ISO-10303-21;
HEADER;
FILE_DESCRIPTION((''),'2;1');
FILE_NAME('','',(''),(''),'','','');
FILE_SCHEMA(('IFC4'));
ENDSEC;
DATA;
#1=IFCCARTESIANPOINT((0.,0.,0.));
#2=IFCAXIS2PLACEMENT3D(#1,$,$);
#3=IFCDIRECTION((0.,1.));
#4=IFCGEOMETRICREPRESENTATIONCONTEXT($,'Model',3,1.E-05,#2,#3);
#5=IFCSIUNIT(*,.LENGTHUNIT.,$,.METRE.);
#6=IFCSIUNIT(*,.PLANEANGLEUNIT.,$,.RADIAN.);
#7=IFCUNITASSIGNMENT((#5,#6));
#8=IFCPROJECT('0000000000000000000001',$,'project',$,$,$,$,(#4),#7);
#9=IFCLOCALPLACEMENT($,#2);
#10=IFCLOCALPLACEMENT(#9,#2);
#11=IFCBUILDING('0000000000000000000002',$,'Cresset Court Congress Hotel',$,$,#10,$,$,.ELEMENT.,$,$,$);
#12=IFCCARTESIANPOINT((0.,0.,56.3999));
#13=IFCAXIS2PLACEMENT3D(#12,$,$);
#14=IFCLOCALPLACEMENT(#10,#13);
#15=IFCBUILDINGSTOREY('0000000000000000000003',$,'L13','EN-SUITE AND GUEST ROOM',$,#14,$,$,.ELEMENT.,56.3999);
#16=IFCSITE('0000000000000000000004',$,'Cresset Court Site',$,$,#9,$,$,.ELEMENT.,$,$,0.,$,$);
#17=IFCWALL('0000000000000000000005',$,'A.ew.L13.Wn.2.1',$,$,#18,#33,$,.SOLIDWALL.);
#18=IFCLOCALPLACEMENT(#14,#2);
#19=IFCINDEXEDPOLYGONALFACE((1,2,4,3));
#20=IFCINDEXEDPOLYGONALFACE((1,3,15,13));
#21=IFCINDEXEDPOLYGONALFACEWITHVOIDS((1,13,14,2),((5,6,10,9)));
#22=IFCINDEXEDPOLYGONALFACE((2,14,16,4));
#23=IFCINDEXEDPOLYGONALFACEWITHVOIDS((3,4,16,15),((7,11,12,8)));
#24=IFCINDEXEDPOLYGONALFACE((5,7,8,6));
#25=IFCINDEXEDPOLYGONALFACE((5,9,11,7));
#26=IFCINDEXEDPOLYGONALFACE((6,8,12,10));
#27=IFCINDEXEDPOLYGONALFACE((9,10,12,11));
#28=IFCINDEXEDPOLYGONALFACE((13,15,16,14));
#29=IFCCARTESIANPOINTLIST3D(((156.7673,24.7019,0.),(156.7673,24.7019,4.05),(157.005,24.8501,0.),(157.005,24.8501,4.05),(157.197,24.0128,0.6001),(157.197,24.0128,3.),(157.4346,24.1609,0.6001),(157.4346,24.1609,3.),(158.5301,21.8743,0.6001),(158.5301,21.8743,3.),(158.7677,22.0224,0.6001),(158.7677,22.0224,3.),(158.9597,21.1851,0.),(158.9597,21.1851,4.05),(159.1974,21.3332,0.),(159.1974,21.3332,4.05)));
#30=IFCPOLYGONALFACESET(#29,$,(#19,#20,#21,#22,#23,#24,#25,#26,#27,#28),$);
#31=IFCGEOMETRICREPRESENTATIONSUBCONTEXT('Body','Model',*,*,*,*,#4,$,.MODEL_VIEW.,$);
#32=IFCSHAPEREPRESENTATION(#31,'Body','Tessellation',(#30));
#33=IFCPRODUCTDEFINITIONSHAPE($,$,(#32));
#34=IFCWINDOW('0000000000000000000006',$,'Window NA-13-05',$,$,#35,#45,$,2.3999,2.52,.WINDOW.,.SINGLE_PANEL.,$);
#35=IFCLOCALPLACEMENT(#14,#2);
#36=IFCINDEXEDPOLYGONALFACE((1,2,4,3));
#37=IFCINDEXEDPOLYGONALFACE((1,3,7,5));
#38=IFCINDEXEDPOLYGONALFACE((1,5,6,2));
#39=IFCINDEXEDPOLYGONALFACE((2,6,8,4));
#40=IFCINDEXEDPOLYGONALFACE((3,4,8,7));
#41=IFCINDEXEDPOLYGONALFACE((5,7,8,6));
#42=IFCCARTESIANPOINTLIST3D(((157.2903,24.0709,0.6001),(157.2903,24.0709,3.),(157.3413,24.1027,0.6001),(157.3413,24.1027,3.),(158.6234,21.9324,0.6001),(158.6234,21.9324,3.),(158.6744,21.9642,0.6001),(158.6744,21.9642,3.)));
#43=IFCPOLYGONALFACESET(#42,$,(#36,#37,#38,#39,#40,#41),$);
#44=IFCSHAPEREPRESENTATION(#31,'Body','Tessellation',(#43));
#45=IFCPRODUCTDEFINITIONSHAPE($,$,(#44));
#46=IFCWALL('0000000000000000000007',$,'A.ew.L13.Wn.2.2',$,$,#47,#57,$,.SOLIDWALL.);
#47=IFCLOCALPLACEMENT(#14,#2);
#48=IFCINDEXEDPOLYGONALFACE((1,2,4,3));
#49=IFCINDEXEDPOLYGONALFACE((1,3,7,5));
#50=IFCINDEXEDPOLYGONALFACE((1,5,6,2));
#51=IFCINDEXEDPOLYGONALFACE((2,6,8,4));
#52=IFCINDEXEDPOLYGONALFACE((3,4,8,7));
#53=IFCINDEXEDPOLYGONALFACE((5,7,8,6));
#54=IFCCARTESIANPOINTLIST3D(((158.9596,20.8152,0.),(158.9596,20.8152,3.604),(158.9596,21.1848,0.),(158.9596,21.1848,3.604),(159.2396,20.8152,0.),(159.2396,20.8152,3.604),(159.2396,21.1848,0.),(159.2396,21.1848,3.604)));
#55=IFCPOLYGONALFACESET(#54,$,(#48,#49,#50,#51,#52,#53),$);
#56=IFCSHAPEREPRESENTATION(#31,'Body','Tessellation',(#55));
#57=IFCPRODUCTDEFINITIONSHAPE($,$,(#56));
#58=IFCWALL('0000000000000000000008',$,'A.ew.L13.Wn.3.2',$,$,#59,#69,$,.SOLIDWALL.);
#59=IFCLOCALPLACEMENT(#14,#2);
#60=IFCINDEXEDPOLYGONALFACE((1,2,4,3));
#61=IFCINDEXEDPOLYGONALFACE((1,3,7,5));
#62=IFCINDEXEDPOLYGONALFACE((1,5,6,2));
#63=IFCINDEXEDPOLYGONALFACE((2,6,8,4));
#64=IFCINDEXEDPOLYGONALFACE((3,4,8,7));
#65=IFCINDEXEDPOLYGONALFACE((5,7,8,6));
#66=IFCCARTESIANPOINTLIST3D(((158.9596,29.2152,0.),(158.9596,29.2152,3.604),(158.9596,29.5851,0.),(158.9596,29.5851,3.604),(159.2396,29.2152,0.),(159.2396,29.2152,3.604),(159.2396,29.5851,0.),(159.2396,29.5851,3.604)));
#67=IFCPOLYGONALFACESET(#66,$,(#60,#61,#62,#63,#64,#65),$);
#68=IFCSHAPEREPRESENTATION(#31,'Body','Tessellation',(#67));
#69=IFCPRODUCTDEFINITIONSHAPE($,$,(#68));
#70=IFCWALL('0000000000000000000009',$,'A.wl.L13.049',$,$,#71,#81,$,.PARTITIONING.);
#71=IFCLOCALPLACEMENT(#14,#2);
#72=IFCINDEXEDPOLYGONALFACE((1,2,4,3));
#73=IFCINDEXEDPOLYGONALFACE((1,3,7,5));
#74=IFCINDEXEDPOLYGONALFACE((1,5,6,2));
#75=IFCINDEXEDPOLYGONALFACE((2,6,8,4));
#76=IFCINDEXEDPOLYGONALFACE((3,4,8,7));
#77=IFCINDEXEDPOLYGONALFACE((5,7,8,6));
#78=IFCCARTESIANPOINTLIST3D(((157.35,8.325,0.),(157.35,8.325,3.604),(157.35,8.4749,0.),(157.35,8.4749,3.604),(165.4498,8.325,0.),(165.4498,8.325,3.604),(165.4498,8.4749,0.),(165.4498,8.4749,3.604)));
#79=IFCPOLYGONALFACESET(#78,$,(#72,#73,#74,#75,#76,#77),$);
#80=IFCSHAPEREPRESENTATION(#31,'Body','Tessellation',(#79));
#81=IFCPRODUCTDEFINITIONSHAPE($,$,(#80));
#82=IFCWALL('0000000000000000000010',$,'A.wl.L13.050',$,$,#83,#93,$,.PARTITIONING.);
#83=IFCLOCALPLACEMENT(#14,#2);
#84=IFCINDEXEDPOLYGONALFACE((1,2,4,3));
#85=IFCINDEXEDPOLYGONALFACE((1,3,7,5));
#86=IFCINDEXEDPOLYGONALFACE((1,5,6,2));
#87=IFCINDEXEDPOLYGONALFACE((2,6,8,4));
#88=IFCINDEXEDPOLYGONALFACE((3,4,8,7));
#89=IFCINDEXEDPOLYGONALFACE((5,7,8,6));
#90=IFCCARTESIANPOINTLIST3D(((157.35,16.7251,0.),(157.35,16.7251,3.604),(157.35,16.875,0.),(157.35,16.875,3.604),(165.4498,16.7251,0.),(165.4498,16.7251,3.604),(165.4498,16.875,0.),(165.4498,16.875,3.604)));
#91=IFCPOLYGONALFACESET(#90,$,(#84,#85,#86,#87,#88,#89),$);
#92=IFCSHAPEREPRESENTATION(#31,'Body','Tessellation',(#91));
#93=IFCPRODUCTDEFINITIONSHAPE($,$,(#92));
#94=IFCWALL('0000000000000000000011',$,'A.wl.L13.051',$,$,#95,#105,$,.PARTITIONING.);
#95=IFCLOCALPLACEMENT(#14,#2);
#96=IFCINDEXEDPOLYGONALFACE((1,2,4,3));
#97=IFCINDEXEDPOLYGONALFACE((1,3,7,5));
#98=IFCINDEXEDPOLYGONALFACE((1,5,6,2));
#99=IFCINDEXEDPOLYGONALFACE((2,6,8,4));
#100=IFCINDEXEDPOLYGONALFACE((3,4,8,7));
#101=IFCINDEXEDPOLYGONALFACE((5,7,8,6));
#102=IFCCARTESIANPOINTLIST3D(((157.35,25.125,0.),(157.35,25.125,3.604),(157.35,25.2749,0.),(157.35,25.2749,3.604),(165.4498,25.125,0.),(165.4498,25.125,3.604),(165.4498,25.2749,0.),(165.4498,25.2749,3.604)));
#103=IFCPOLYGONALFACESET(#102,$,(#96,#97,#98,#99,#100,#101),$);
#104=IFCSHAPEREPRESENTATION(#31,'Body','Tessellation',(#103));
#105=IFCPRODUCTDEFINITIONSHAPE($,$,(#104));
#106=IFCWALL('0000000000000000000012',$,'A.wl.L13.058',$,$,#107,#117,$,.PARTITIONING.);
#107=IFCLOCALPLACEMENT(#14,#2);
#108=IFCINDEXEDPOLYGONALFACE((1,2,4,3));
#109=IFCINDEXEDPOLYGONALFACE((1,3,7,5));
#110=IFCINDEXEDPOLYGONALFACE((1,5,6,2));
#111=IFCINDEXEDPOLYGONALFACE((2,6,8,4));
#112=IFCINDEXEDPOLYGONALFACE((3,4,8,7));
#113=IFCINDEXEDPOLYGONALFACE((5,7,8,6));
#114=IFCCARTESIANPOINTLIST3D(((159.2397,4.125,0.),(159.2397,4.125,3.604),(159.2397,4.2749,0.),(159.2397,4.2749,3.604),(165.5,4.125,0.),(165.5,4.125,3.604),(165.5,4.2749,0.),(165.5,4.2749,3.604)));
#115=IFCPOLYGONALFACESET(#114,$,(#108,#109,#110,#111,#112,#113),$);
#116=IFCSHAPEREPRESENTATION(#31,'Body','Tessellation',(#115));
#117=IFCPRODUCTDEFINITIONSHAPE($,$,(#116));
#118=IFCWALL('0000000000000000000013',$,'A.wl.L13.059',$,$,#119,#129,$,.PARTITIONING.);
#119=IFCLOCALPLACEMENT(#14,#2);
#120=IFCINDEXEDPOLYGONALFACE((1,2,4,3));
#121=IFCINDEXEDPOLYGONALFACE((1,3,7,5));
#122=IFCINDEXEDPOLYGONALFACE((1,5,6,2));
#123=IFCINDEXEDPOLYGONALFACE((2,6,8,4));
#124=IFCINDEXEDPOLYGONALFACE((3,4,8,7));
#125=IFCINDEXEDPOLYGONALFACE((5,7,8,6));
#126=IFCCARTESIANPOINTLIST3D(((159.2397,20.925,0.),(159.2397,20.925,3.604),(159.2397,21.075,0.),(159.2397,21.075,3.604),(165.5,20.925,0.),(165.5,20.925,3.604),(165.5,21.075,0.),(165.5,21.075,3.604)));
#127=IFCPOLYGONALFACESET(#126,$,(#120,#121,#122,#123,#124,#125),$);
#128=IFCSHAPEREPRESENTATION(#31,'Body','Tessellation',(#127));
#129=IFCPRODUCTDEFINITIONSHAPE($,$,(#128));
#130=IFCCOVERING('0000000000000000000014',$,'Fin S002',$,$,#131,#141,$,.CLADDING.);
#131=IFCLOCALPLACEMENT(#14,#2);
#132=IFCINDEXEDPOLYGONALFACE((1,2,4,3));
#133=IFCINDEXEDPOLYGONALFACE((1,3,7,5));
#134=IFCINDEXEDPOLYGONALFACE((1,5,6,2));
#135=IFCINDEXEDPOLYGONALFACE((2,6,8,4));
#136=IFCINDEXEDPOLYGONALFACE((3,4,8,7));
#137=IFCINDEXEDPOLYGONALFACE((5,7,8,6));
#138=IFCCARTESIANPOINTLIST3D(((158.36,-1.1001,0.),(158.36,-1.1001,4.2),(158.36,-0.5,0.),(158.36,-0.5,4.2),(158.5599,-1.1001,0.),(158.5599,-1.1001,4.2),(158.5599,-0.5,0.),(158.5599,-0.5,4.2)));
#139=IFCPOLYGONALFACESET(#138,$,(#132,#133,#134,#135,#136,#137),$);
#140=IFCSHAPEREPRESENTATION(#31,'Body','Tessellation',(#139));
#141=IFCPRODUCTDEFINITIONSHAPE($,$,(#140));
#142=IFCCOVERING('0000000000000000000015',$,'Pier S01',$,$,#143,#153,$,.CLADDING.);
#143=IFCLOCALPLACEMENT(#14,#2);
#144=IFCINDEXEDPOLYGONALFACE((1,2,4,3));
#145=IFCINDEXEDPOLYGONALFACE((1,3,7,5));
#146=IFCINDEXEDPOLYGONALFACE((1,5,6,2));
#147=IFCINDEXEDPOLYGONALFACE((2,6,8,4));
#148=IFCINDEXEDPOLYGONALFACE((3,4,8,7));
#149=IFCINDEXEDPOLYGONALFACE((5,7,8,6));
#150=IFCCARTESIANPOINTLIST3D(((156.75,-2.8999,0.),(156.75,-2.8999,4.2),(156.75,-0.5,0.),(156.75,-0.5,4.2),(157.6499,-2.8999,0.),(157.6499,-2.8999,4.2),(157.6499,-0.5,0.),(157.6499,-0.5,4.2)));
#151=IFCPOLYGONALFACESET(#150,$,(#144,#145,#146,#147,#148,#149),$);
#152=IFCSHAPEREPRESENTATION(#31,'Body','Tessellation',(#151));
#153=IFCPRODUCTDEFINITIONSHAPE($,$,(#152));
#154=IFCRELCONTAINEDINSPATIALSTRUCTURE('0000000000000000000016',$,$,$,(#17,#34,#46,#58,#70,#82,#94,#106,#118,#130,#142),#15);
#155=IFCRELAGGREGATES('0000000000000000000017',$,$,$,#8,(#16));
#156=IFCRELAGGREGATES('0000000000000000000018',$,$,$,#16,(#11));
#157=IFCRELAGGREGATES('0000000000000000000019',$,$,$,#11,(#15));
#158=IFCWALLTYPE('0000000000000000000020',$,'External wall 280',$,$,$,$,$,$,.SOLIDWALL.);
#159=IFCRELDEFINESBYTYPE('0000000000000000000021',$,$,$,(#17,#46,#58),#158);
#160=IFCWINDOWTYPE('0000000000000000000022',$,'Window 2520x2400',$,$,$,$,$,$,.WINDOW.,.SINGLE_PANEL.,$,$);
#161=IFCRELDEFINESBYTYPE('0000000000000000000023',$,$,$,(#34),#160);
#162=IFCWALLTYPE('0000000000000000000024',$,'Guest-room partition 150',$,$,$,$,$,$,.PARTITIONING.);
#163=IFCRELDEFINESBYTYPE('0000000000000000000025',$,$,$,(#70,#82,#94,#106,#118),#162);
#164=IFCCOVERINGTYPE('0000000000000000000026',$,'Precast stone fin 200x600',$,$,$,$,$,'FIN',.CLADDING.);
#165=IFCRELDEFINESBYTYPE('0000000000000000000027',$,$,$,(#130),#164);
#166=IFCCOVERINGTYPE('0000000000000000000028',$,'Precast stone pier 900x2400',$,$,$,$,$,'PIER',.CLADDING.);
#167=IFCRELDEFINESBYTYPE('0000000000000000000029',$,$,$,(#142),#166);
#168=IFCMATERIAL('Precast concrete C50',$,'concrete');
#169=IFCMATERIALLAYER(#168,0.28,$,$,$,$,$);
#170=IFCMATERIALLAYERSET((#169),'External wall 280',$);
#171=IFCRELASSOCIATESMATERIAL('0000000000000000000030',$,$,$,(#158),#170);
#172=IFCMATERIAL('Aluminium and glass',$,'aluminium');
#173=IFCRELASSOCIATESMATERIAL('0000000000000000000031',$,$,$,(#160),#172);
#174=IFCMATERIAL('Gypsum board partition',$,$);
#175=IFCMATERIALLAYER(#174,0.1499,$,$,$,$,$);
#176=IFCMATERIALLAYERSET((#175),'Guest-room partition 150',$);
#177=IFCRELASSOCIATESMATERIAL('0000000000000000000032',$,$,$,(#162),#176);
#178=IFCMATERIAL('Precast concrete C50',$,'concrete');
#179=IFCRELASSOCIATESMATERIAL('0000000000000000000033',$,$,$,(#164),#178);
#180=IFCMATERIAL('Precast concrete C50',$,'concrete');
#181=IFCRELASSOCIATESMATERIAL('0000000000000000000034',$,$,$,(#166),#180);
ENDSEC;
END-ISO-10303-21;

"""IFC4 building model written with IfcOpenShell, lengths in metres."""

from ifc_helpers import new_model, si_unit, direction, frame, frame_2d, origin, origin_2d, place, context, subcontext, project, spatial, rectangle, extrude, material, layer, layer_set, type_object, element, fill, save


model = new_model("IFC4")

# Units and contexts
model_context = context("Model", 3, precision=1e-05, world=origin(), true_north=direction((0.0, 1.0)))
body_context = subcontext(model_context, "Body", "Model", "MODEL_VIEW")
ifc_project = project(units=[si_unit("LENGTHUNIT", "METRE"), si_unit("PLANEANGLEUNIT", "RADIAN")], contexts=[model_context])

# Site, building, storey
site_placement = place(None, origin())
site = spatial("IfcSite", under=ifc_project, at=site_placement, Name="Cresset Court Site", CompositionType="ELEMENT", RefElevation=0.0)
building_placement = place(site_placement, origin())
building = spatial("IfcBuilding", under=site, at=building_placement, Name="Cresset Court Congress Hotel", CompositionType="ELEMENT")
storey_placement = place(building_placement, frame((0.0, 0.0, 56.3999)))
storey = spatial("IfcBuildingStorey", under=building, at=storey_placement, Name="L13", Description="EN-SUITE AND GUEST ROOM", CompositionType="ELEMENT", Elevation=56.3999)

# Shared definitions
ifc_material_1 = material(Name="Precast concrete C50", Category="concrete")
ifc_layer_1 = layer(ifc_material_1, 0.28)
ifc_layer_set_1 = layer_set([ifc_layer_1], Name="External wall 280")
wall_type_1 = type_object("IfcWallType", Name="External wall 280", PredefinedType="SOLIDWALL", material=ifc_layer_set_1)
ifc_material_2 = material(Name="Aluminium and glass", Category="aluminium")
window_type = type_object("IfcWindowType", Name="Window 2520x2400", PartitioningType="SINGLE_PANEL", PredefinedType="WINDOW", material=ifc_material_2)

# Wall, opening, window
wall_1_placement = place(storey_placement, frame((159.0786, 21.259, 0.0), z_axis=(0.0, 0.0, 1.0), x_axis=(-0.529019, 0.84861, 0.0)))
wall_1 = element("IfcWall", 1, at=wall_1_placement, inside=storey, type_object=wall_type_1, Name="A.ew.L13.Wn.2.1", PredefinedType="SOLIDWALL", context=body_context, shape_type="SweptSolid", body=[
    extrude(rectangle(XDim=4.1443, YDim=0.28, at=frame_2d((2.0723, 0.0))), origin(), (0.0, 0.0, 1.0), 4.05),
])
opening_1_placement = place(wall_1_placement, frame((0.8123, 0.0, 0.6001)))
opening_1 = element("IfcOpeningElement", 2, at=opening_1_placement, cuts=wall_1, PredefinedType="OPENING", context=body_context, shape_type="SweptSolid", body=[
    extrude(rectangle(XDim=2.52, YDim=2.3999, at=frame_2d((1.26, 1.2))), frame((0.0, 0.1499, 0.0), z_axis=(0.0, -1.0, 0.0), x_axis=(1.0, 0.0, 0.0)), (0.0, 0.0, 1.0), 0.3),
])
window_1_placement = place(opening_1_placement, origin())
window_1 = element("IfcWindow", 3, at=window_1_placement, inside=storey, type_object=window_type, Name="Window NA-13-05", OverallHeight=2.3999, OverallWidth=2.52, PartitioningType="SINGLE_PANEL", PredefinedType="WINDOW", context=body_context, shape_type="SweptSolid", body=[
    extrude(rectangle(XDim=2.52, YDim=2.3999, at=frame_2d((1.26, 1.2))), frame((0.0, 0.03, 0.0), z_axis=(0.0, -1.0, 0.0), x_axis=(1.0, 0.0, 0.0)), (0.0, 0.0, 1.0), 0.0601),
])
fill(opening_1, window_1)

# Walls
wall_2_placement = place(storey_placement, frame((159.0996, 20.8152, 0.0), z_axis=(0.0, 0.0, 1.0), x_axis=(0.0, 1.0, 0.0)))
element("IfcWall", 4, at=wall_2_placement, inside=storey, type_object=wall_type_1, Name="A.ew.L13.Wn.2.2", PredefinedType="SOLIDWALL", context=body_context, shape_type="SweptSolid", body=[
    extrude(rectangle(XDim=0.3696, YDim=0.28, at=frame_2d((0.1848, 0.0))), origin(), (0.0, 0.0, 1.0), 3.604),
])
wall_3_placement = place(storey_placement, frame((159.0996, 29.2151, 0.0), z_axis=(0.0, 0.0, 1.0), x_axis=(0.0, 1.0, 0.0)))
element("IfcWall", 5, at=wall_3_placement, inside=storey, type_object=wall_type_1, Name="A.ew.L13.Wn.3.2", PredefinedType="SOLIDWALL", context=body_context, shape_type="SweptSolid", body=[
    extrude(rectangle(XDim=0.3699, YDim=0.28, at=frame_2d((0.1851, 0.0))), origin(), (0.0, 0.0, 1.0), 3.604),
])
ifc_material_3 = material(Name="Gypsum board partition")
ifc_layer_2 = layer(ifc_material_3, 0.1499)
ifc_layer_set_2 = layer_set([ifc_layer_2], Name="Guest-room partition 150")
wall_type_2 = type_object("IfcWallType", Name="Guest-room partition 150", PredefinedType="PARTITIONING", material=ifc_layer_set_2)
for number, where, z_axis, x_axis, name in (
    (6, (157.3501, 8.3999, 0.0), (0.0, 0.0, 1.0), (1.0, 0.0, 0.0), "A.wl.L13.049"),
    (7, (157.3501, 16.8, 0.0), (0.0, 0.0, 1.0), (1.0, 0.0, 0.0), "A.wl.L13.050"),
    (8, (157.3501, 25.2, 0.0), (0.0, 0.0, 1.0), (1.0, 0.0, 0.0), "A.wl.L13.051"),
):
    element("IfcWall", number, at=place(storey_placement, frame(where, z_axis=z_axis, x_axis=x_axis)), inside=storey, type_object=wall_type_2, Name=name, PredefinedType="PARTITIONING", context=body_context, shape_type="SweptSolid", body=[
        extrude(rectangle(XDim=8.0999, YDim=0.1499, at=frame_2d((4.0498, 0.0))), origin(), (0.0, 0.0, 1.0), 3.604),
    ])
for number, where, z_axis, x_axis, name in (
    (9, (159.2397, 4.2, 0.0), (0.0, 0.0, 1.0), (1.0, 0.0, 0.0), "A.wl.L13.058"),
    (10, (159.2397, 21.0, 0.0), (0.0, 0.0, 1.0), (1.0, 0.0, 0.0), "A.wl.L13.059"),
):
    element("IfcWall", number, at=place(storey_placement, frame(where, z_axis=z_axis, x_axis=x_axis)), inside=storey, type_object=wall_type_2, Name=name, PredefinedType="PARTITIONING", context=body_context, shape_type="SweptSolid", body=[
        extrude(rectangle(XDim=6.2603, YDim=0.1499, at=frame_2d((3.1301, 0.0))), origin(), (0.0, 0.0, 1.0), 3.604),
    ])

# Coverings
ifc_material_4 = material(Name="Precast concrete C50", Category="concrete")
covering_type_1 = type_object("IfcCoveringType", Name="Precast stone fin 200x600", ElementType="FIN", PredefinedType="CLADDING", material=ifc_material_4)
covering_1_placement = place(storey_placement, frame((158.46, -0.8, 0.0), z_axis=(0.0, 0.0, 1.0), x_axis=(1.0, 0.0, 0.0)))
element("IfcCovering", 11, at=covering_1_placement, inside=storey, type_object=covering_type_1, Name="Fin S002", PredefinedType="CLADDING", context=body_context, shape_type="SweptSolid", body=[
    extrude(rectangle(XDim=0.2, YDim=0.6001, at=origin_2d()), origin(), (0.0, 0.0, 1.0), 4.2),
])
ifc_material_5 = material(Name="Precast concrete C50", Category="concrete")
covering_type_2 = type_object("IfcCoveringType", Name="Precast stone pier 900x2400", ElementType="PIER", PredefinedType="CLADDING", material=ifc_material_5)
covering_2_placement = place(storey_placement, frame((157.2, -1.7, 0.0), z_axis=(0.0, 0.0, 1.0), x_axis=(1.0, 0.0, 0.0)))
element("IfcCovering", 12, at=covering_2_placement, inside=storey, type_object=covering_type_2, Name="Pier S01", PredefinedType="CLADDING", context=body_context, shape_type="SweptSolid", body=[
    extrude(rectangle(XDim=0.8999, YDim=2.3999, at=origin_2d()), origin(), (0.0, 0.0, 1.0), 4.2),
])

save(model, "model.ifc")
